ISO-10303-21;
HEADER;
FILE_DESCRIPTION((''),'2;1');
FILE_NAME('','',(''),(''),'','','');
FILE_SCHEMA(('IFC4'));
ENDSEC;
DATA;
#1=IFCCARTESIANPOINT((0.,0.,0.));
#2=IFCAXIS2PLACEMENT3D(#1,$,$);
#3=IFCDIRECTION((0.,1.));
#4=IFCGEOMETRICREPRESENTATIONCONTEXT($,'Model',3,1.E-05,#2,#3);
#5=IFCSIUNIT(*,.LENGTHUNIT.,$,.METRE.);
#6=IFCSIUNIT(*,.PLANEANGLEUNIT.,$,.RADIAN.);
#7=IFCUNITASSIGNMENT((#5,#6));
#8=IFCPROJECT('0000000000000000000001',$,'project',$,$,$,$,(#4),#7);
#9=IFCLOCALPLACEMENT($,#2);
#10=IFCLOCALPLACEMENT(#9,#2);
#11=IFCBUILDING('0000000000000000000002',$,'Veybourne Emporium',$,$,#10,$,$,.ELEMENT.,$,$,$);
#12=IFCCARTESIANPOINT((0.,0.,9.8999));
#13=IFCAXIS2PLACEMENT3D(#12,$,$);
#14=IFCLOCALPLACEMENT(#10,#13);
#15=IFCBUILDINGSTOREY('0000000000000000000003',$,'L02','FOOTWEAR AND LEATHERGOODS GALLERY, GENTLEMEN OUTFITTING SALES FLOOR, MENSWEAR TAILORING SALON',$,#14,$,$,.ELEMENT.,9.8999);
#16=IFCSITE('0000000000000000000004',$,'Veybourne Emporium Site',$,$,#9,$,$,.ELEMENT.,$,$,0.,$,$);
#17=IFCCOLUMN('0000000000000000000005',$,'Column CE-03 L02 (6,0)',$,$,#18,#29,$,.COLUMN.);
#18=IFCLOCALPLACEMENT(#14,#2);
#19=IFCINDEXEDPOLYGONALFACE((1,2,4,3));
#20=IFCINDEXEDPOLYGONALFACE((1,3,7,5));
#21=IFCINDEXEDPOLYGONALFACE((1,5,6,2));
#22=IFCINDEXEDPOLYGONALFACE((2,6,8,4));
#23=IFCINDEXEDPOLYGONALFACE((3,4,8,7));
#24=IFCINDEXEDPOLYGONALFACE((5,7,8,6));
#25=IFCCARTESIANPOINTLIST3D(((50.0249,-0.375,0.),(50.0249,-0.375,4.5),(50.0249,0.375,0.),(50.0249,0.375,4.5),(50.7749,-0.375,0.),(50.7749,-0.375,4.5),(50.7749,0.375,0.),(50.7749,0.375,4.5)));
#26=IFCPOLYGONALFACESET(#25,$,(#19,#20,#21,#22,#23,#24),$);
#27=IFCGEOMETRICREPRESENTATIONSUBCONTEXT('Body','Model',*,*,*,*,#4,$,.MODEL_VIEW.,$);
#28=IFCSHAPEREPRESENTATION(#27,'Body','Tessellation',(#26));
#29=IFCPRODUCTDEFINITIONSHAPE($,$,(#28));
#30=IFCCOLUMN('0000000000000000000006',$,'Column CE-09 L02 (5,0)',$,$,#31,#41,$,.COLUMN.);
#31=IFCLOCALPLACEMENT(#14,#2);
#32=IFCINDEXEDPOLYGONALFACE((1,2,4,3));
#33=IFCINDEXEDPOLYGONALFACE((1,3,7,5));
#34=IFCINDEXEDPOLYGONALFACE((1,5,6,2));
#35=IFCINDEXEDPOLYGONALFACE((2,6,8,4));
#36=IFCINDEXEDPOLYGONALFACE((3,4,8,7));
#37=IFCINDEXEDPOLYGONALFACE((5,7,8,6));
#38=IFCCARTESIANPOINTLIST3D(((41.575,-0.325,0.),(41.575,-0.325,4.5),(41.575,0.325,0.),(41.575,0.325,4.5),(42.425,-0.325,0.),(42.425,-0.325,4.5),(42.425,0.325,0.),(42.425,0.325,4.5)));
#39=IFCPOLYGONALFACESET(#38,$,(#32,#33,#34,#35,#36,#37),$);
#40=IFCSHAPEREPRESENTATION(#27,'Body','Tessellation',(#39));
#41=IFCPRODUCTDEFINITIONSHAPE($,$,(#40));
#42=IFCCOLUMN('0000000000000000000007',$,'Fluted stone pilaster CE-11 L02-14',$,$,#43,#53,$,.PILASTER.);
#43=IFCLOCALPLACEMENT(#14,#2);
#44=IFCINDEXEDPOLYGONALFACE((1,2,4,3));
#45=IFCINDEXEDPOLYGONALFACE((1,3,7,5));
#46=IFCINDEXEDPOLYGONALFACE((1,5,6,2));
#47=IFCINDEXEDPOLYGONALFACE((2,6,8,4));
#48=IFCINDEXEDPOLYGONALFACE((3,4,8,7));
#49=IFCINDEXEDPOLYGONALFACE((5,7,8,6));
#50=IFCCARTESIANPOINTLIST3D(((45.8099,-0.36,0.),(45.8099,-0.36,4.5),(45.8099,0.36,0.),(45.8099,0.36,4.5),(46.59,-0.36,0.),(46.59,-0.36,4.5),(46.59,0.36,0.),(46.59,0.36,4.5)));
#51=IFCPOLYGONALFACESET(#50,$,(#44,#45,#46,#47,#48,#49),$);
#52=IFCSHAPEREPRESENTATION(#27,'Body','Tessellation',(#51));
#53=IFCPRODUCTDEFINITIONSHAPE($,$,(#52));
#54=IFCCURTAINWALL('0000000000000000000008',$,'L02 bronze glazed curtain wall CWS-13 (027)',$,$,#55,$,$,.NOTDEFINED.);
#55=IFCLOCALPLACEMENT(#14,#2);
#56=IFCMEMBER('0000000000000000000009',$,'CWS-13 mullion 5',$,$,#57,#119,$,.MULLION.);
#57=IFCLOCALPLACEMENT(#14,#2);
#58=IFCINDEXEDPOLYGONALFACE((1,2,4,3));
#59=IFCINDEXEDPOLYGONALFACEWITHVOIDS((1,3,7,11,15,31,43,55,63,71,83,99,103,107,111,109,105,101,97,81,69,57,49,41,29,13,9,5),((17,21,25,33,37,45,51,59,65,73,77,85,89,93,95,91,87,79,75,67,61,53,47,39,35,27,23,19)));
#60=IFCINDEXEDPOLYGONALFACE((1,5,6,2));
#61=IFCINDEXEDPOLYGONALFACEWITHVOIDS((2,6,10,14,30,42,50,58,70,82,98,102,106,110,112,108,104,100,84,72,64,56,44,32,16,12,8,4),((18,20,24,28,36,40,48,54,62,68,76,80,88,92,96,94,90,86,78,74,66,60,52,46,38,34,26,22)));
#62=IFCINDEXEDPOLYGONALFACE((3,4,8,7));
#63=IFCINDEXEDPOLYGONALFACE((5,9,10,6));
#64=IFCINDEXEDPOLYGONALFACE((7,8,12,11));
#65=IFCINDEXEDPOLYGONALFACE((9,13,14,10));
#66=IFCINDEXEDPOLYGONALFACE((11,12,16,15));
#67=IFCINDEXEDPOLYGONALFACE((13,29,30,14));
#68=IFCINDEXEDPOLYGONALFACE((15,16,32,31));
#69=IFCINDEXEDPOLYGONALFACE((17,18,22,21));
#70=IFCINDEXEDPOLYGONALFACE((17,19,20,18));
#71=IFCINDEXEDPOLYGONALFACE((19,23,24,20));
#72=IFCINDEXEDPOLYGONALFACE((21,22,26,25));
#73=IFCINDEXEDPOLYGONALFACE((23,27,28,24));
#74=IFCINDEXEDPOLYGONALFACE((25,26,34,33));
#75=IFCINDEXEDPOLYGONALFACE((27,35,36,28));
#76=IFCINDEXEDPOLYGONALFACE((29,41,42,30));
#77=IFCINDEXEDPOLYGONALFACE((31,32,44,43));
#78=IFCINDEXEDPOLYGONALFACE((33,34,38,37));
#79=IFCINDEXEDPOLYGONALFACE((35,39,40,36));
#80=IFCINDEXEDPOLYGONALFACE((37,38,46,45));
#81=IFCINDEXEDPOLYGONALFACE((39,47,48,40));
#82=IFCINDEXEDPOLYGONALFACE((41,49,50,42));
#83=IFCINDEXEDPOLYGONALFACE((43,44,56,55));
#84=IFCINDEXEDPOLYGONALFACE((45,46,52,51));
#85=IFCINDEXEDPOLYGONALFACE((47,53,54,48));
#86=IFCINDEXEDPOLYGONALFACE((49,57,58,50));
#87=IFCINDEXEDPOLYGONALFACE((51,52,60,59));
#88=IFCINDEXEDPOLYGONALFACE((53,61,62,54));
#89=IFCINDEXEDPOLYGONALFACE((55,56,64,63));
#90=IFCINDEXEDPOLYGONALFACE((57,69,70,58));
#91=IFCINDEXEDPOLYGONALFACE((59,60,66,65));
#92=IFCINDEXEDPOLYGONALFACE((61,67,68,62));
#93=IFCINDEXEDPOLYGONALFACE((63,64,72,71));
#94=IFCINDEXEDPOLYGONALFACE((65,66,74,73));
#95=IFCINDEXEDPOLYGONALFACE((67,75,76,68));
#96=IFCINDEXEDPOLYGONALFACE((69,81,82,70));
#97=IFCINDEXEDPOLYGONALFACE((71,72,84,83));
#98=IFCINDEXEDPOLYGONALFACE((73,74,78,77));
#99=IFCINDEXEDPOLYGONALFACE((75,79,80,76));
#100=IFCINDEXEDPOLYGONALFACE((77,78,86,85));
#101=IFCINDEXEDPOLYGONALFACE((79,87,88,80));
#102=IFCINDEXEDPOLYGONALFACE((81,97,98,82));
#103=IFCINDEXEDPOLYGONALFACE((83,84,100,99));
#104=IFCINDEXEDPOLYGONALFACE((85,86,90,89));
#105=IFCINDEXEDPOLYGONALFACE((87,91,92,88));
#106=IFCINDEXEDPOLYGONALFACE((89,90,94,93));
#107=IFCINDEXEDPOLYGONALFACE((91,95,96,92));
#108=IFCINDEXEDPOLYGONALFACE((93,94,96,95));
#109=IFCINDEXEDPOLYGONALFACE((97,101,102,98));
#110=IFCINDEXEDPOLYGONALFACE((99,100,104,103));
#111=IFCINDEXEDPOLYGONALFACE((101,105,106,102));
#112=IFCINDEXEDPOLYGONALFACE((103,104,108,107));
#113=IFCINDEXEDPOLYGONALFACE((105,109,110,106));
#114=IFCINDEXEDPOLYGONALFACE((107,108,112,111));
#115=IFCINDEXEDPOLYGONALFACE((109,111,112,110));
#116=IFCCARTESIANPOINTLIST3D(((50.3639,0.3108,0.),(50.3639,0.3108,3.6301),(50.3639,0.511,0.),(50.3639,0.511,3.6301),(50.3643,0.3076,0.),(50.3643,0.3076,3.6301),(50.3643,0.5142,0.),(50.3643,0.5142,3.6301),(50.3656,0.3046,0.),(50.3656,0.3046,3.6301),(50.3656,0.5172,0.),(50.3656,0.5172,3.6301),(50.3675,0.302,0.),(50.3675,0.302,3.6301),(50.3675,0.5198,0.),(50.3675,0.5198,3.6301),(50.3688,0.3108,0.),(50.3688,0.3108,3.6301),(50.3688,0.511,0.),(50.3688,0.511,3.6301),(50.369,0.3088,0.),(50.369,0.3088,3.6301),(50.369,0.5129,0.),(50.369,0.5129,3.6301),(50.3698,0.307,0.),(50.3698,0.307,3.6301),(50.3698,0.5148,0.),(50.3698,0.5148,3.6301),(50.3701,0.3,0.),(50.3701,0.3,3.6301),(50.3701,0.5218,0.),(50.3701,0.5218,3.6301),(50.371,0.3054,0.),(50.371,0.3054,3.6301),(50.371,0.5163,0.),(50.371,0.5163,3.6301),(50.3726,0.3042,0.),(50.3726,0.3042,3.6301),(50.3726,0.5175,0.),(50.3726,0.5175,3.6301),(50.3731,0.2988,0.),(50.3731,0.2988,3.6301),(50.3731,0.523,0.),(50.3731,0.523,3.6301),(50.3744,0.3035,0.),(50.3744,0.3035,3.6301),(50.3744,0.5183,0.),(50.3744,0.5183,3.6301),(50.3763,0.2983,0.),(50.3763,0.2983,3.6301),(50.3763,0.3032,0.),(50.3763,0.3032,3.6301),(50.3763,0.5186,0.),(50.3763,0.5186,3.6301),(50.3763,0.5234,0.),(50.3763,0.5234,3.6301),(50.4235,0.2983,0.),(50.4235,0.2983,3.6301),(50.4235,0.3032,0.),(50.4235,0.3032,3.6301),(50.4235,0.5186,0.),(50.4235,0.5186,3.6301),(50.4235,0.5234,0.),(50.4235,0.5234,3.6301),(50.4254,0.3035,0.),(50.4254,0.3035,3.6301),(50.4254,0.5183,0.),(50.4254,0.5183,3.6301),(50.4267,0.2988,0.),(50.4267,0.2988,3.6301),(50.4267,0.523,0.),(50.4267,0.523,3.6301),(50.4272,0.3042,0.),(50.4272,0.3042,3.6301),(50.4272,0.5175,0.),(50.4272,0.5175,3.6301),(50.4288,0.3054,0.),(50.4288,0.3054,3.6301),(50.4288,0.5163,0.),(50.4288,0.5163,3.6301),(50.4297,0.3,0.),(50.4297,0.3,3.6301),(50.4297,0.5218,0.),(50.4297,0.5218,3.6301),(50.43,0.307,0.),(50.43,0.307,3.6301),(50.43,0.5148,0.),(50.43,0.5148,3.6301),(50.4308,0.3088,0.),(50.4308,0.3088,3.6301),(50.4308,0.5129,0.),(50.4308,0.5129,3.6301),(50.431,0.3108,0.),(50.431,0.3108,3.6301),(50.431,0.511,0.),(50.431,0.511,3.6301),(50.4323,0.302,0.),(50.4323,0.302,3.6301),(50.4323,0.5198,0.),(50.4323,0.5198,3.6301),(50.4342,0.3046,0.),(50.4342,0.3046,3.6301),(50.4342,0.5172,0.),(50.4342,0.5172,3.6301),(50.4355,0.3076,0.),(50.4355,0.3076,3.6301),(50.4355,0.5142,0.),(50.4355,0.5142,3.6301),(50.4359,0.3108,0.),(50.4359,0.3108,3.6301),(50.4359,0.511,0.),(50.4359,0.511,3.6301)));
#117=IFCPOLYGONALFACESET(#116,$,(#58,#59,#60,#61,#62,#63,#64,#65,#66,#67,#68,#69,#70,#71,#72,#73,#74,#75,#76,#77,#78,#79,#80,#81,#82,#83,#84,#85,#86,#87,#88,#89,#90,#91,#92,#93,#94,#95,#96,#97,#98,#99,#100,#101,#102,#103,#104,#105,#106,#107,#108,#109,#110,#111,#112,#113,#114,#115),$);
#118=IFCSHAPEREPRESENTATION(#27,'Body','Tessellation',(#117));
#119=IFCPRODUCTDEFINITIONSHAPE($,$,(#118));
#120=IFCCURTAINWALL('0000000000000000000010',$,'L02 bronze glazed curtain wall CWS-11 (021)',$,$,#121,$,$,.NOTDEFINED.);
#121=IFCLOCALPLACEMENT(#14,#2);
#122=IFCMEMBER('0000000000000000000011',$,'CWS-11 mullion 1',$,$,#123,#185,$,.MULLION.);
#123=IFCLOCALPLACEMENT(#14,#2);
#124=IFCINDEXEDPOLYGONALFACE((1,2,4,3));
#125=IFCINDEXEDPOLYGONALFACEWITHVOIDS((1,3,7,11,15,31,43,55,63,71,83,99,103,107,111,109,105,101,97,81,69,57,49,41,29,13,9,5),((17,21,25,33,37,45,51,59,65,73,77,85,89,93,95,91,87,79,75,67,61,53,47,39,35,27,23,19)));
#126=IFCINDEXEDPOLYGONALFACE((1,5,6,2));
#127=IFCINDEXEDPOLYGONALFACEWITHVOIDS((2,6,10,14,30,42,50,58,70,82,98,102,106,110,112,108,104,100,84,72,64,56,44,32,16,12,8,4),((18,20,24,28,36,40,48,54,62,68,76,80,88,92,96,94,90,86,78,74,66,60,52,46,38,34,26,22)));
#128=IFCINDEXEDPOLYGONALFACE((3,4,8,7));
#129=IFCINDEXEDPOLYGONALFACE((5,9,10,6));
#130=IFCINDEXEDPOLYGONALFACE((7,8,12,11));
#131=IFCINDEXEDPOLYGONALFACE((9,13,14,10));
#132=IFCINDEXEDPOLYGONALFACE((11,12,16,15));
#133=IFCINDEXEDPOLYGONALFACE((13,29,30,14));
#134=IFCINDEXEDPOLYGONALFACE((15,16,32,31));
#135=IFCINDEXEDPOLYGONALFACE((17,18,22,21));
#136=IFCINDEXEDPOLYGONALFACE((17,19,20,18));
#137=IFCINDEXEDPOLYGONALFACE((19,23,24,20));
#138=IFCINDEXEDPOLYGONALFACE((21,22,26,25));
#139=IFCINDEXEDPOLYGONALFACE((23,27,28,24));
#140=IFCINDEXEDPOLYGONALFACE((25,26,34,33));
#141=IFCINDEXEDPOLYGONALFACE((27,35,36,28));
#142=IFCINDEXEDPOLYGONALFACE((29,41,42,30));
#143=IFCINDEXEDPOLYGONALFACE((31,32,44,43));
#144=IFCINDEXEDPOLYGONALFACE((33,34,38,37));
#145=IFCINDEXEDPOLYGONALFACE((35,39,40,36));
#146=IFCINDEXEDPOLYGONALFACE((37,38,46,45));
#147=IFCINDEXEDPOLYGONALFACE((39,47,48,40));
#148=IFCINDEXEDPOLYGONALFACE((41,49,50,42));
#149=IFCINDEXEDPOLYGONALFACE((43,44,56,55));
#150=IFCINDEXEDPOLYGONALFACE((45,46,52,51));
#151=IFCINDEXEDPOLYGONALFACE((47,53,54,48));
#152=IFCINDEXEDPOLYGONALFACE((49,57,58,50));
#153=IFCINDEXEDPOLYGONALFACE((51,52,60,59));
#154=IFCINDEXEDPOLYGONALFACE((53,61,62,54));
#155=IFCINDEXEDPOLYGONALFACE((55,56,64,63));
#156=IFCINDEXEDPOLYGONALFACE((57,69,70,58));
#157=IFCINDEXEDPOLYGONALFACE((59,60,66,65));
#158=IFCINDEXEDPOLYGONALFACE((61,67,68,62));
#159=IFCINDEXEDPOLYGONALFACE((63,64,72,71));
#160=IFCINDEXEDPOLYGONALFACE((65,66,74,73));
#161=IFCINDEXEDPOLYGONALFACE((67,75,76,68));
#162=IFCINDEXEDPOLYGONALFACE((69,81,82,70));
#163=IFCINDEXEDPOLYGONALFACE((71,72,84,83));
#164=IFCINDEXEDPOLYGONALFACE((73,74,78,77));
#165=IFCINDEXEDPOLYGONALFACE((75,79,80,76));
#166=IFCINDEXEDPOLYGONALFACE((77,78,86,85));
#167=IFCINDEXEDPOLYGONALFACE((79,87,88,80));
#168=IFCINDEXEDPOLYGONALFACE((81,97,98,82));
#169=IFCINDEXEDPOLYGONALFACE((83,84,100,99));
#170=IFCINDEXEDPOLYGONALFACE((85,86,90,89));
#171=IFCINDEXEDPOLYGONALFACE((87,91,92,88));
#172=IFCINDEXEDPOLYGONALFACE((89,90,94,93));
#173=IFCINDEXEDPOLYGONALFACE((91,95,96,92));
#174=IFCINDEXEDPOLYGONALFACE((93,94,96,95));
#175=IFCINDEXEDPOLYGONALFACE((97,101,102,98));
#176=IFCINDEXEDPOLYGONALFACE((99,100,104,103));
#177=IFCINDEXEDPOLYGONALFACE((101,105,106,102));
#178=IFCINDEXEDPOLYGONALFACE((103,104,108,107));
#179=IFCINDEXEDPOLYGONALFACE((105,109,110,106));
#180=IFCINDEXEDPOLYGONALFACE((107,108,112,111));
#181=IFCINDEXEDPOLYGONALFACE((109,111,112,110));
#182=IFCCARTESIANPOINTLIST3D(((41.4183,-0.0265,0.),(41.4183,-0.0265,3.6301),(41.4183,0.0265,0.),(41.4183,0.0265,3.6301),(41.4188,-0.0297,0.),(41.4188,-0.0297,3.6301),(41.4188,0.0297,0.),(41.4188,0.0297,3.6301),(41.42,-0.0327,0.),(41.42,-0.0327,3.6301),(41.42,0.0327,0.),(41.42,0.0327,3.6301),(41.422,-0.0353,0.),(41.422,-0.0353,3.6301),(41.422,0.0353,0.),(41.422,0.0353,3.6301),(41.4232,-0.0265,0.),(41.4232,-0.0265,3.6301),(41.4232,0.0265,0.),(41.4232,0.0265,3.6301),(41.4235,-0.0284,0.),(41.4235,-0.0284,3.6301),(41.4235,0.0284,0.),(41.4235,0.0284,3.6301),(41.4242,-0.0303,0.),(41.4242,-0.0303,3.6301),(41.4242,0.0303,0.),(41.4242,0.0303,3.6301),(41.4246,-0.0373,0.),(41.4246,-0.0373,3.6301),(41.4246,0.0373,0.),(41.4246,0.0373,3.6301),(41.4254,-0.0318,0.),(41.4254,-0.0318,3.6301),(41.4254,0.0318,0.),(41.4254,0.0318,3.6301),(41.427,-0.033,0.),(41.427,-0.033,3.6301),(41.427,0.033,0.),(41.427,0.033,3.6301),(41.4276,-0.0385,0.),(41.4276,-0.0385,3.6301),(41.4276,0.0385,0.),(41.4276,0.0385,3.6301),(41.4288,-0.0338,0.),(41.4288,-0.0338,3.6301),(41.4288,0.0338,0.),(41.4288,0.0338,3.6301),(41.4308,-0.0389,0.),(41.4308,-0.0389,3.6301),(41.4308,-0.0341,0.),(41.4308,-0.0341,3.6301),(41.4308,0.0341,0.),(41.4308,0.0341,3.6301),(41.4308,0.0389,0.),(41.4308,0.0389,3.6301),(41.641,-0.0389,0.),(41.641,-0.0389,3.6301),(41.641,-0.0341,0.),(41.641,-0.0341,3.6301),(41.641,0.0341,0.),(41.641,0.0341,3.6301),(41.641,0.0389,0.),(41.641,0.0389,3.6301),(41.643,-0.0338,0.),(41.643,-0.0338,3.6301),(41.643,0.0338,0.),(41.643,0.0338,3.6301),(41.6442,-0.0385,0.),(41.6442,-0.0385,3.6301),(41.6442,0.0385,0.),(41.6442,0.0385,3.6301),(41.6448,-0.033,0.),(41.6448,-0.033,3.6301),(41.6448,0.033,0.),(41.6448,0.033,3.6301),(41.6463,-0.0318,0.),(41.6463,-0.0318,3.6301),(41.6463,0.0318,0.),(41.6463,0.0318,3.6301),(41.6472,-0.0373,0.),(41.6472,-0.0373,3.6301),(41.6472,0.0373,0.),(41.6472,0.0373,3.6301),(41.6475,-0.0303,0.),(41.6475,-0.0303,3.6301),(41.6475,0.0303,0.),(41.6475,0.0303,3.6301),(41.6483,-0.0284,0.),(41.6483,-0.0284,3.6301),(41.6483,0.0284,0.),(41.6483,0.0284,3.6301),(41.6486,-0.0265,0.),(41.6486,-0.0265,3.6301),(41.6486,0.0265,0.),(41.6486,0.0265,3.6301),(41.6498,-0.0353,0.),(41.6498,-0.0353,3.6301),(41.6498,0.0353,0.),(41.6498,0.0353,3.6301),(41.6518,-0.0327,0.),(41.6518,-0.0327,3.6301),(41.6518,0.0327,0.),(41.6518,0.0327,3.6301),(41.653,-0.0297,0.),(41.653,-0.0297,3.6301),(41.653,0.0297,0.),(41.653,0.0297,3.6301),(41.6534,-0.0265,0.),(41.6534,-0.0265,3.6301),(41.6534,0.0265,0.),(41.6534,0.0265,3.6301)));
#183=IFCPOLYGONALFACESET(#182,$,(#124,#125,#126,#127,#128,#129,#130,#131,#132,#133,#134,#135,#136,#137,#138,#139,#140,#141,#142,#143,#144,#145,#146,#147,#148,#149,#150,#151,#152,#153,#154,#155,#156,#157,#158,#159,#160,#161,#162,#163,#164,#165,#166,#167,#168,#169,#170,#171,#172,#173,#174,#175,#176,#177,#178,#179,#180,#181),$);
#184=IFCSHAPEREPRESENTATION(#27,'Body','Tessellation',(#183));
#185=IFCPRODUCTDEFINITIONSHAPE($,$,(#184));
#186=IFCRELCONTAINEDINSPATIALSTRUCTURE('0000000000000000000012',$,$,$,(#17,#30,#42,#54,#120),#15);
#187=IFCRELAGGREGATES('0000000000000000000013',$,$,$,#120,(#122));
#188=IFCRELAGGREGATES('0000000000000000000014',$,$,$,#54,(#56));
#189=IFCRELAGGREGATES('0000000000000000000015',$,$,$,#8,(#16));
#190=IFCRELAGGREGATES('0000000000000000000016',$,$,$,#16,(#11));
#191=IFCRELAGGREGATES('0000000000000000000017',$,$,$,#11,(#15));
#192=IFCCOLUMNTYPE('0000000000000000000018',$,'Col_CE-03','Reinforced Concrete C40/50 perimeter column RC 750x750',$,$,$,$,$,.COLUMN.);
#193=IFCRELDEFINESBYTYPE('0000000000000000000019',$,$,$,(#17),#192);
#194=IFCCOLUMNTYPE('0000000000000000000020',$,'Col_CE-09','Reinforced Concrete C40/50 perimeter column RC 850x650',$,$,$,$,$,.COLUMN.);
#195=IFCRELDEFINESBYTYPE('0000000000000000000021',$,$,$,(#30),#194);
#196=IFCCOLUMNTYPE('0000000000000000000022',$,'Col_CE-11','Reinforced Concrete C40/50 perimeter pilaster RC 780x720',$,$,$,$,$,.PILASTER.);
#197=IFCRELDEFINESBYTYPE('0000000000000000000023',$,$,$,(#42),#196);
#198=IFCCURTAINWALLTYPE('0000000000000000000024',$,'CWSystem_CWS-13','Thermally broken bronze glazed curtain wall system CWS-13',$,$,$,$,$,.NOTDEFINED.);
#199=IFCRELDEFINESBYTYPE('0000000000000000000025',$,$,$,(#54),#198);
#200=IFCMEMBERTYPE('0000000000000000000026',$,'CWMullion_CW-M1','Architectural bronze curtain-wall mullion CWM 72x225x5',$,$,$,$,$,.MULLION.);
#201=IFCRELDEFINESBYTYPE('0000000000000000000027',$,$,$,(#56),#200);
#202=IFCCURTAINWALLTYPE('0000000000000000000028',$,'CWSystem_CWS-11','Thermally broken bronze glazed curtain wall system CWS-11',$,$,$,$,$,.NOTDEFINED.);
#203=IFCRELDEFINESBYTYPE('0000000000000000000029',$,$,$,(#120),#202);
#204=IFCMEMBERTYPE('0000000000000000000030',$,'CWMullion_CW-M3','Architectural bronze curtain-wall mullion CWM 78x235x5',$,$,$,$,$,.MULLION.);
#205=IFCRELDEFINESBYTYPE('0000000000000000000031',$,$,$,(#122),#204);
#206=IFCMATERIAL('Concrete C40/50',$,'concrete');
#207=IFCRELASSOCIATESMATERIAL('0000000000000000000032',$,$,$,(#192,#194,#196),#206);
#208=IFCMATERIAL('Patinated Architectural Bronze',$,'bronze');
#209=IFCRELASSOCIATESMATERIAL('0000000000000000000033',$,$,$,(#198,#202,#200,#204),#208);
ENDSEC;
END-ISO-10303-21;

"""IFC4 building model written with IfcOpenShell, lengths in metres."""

from ifc_helpers import new_model, si_unit, direction, frame, origin, origin_2d, place, context, subcontext, project, spatial, rectangle, hollow_rectangle, extrude, material, material_profile, profile_set, type_object, element, aggregate, save


model = new_model("IFC4")

# Units and contexts
model_context = context("Model", 3, precision=1e-05, world=origin(), true_north=direction((0.0, 1.0)))
body_context = subcontext(model_context, "Body", "Model", "MODEL_VIEW")
ifc_project = project(units=[si_unit("LENGTHUNIT", "METRE"), si_unit("PLANEANGLEUNIT", "RADIAN")], contexts=[model_context])

# Site, building, storey
site_placement = place(None, origin())
site = spatial("IfcSite", under=ifc_project, at=site_placement, Name="Veybourne Emporium Site", CompositionType="ELEMENT", RefElevation=0.0)
building_placement = place(site_placement, origin())
building = spatial("IfcBuilding", under=site, at=building_placement, Name="Veybourne Emporium", CompositionType="ELEMENT")
storey_placement = place(building_placement, frame((0.0, 0.0, 9.8999)))
storey = spatial("IfcBuildingStorey", under=building, at=storey_placement, Name="L02", Description="FOOTWEAR AND LEATHERGOODS GALLERY, GENTLEMEN OUTFITTING SALES FLOOR, MENSWEAR TAILORING SALON", CompositionType="ELEMENT", Elevation=9.8999)

# Columns
ifc_material_1 = material(Name="Concrete C40/50", Category="concrete")
ifc_material_profile_1 = material_profile(ifc_material_1, rectangle(XDim=0.75, YDim=0.75, at=origin_2d()), Name="RC 750x750")
ifc_profile_set_1 = profile_set([ifc_material_profile_1], Name="Concrete C40/50")
column_type_1 = type_object("IfcColumnType", Name="Col_CE-03", Description="Reinforced Concrete C40/50 perimeter column RC 750x750", PredefinedType="COLUMN", material=ifc_profile_set_1)
column_1_placement = place(storey_placement, frame((50.3999, 0.0, 0.0), z_axis=(0.0, 0.0, 1.0), x_axis=(1.0, 0.0, 0.0)))
element("IfcColumn", 1, at=column_1_placement, inside=storey, type_object=column_type_1, Name="Column CE-03 L02 (6,0)", PredefinedType="COLUMN", context=body_context, shape_type="SweptSolid", body=[
    extrude(rectangle(XDim=0.75, YDim=0.75, at=origin_2d()), origin(), (0.0, 0.0, 1.0), 4.5),
])
ifc_material_profile_2 = material_profile(ifc_material_1, rectangle(XDim=0.8501, YDim=0.6499, at=origin_2d()), Name="RC 850x650")
ifc_profile_set_2 = profile_set([ifc_material_profile_2], Name="Concrete C40/50")
column_type_2 = type_object("IfcColumnType", Name="Col_CE-09", Description="Reinforced Concrete C40/50 perimeter column RC 850x650", PredefinedType="COLUMN", material=ifc_profile_set_2)
column_2_placement = place(storey_placement, frame((42.0, 0.0, 0.0), z_axis=(0.0, 0.0, 1.0), x_axis=(1.0, 0.0, 0.0)))
element("IfcColumn", 2, at=column_2_placement, inside=storey, type_object=column_type_2, Name="Column CE-09 L02 (5,0)", PredefinedType="COLUMN", context=body_context, shape_type="SweptSolid", body=[
    extrude(rectangle(XDim=0.8501, YDim=0.6499, at=origin_2d()), origin(), (0.0, 0.0, 1.0), 4.5),
])
ifc_material_profile_3 = material_profile(ifc_material_1, rectangle(XDim=0.78, YDim=0.72, at=origin_2d()), Name="RC 780x720")
ifc_profile_set_3 = profile_set([ifc_material_profile_3], Name="Concrete C40/50")
column_type_3 = type_object("IfcColumnType", Name="Col_CE-11", Description="Reinforced Concrete C40/50 perimeter pilaster RC 780x720", PredefinedType="PILASTER", material=ifc_profile_set_3)
column_3_placement = place(storey_placement, frame((46.2, 0.0, 0.0), z_axis=(0.0, 0.0, 1.0), x_axis=(1.0, 0.0, 0.0)))
element("IfcColumn", 3, at=column_3_placement, inside=storey, type_object=column_type_3, Name="Fluted stone pilaster CE-11 L02-14", PredefinedType="PILASTER", context=body_context, shape_type="SweptSolid", body=[
    extrude(rectangle(XDim=0.78, YDim=0.72, at=origin_2d()), origin(), (0.0, 0.0, 1.0), 4.5),
])

# Curtain wall, member
ifc_material_2 = material(Name="Patinated Architectural Bronze", Category="bronze")
curtain_wall_type_1 = type_object("IfcCurtainWallType", Name="CWSystem_CWS-13", Description="Thermally broken bronze glazed curtain wall system CWS-13", PredefinedType="NOTDEFINED", material=ifc_material_2)
curtain_wall_1_placement = place(storey_placement, origin())
curtain_wall_1 = element("IfcCurtainWall", 4, at=curtain_wall_1_placement, inside=storey, type_object=curtain_wall_type_1, Name="L02 bronze glazed curtain wall CWS-13 (027)", PredefinedType="NOTDEFINED")
ifc_material_profile_4 = material_profile(ifc_material_2, hollow_rectangle(XDim=0.072, YDim=0.2251, WallThickness=0.0049, InnerFilletRadius=0.0076, OuterFilletRadius=0.0125, at=origin_2d()), Name="CWM 72x225x5")
ifc_profile_set_4 = profile_set([ifc_material_profile_4], Name="Patinated Architectural Bronze")
member_type_1 = type_object("IfcMemberType", Name="CWMullion_CW-M1", Description="Architectural bronze curtain-wall mullion CWM 72x225x5", PredefinedType="MULLION", material=ifc_profile_set_4)
member_1_placement = place(storey_placement, frame((50.3999, 0.4109, 0.0), z_axis=(0.0, 0.0, 1.0), x_axis=(1.0, 0.0, 0.0)))
member_1 = element("IfcMember", 5, at=member_1_placement, type_object=member_type_1, Name="CWS-13 mullion 5", PredefinedType="MULLION", context=body_context, shape_type="SweptSolid", body=[
    extrude(hollow_rectangle(XDim=0.072, YDim=0.2251, WallThickness=0.0049, InnerFilletRadius=0.0076, OuterFilletRadius=0.0125, at=origin_2d()), origin(), (0.0, 0.0, 1.0), 3.6301),
])

# Curtain wall, member
curtain_wall_type_2 = type_object("IfcCurtainWallType", Name="CWSystem_CWS-11", Description="Thermally broken bronze glazed curtain wall system CWS-11", PredefinedType="NOTDEFINED", material=ifc_material_2)
curtain_wall_2_placement = place(storey_placement, origin())
curtain_wall_2 = element("IfcCurtainWall", 6, at=curtain_wall_2_placement, inside=storey, type_object=curtain_wall_type_2, Name="L02 bronze glazed curtain wall CWS-11 (021)", PredefinedType="NOTDEFINED")
ifc_material_profile_5 = material_profile(ifc_material_2, hollow_rectangle(XDim=0.0779, YDim=0.2351, WallThickness=0.0049, InnerFilletRadius=0.0076, OuterFilletRadius=0.0125, at=origin_2d()), Name="CWM 78x235x5")
ifc_profile_set_5 = profile_set([ifc_material_profile_5], Name="Patinated Architectural Bronze")
member_type_2 = type_object("IfcMemberType", Name="CWMullion_CW-M3", Description="Architectural bronze curtain-wall mullion CWM 78x235x5", PredefinedType="MULLION", material=ifc_profile_set_5)
member_2_placement = place(storey_placement, frame((41.5359, 0.0, 0.0), z_axis=(0.0, 0.0, 1.0), x_axis=(0.0, -1.0, 0.0)))
member_2 = element("IfcMember", 7, at=member_2_placement, type_object=member_type_2, Name="CWS-11 mullion 1", PredefinedType="MULLION", context=body_context, shape_type="SweptSolid", body=[
    extrude(hollow_rectangle(XDim=0.0779, YDim=0.2351, WallThickness=0.0049, InnerFilletRadius=0.0076, OuterFilletRadius=0.0125, at=origin_2d()), origin(), (0.0, 0.0, 1.0), 3.6301),
])

aggregate(curtain_wall_2, [member_2])
aggregate(curtain_wall_1, [member_1])

save(model, "model.ifc")
